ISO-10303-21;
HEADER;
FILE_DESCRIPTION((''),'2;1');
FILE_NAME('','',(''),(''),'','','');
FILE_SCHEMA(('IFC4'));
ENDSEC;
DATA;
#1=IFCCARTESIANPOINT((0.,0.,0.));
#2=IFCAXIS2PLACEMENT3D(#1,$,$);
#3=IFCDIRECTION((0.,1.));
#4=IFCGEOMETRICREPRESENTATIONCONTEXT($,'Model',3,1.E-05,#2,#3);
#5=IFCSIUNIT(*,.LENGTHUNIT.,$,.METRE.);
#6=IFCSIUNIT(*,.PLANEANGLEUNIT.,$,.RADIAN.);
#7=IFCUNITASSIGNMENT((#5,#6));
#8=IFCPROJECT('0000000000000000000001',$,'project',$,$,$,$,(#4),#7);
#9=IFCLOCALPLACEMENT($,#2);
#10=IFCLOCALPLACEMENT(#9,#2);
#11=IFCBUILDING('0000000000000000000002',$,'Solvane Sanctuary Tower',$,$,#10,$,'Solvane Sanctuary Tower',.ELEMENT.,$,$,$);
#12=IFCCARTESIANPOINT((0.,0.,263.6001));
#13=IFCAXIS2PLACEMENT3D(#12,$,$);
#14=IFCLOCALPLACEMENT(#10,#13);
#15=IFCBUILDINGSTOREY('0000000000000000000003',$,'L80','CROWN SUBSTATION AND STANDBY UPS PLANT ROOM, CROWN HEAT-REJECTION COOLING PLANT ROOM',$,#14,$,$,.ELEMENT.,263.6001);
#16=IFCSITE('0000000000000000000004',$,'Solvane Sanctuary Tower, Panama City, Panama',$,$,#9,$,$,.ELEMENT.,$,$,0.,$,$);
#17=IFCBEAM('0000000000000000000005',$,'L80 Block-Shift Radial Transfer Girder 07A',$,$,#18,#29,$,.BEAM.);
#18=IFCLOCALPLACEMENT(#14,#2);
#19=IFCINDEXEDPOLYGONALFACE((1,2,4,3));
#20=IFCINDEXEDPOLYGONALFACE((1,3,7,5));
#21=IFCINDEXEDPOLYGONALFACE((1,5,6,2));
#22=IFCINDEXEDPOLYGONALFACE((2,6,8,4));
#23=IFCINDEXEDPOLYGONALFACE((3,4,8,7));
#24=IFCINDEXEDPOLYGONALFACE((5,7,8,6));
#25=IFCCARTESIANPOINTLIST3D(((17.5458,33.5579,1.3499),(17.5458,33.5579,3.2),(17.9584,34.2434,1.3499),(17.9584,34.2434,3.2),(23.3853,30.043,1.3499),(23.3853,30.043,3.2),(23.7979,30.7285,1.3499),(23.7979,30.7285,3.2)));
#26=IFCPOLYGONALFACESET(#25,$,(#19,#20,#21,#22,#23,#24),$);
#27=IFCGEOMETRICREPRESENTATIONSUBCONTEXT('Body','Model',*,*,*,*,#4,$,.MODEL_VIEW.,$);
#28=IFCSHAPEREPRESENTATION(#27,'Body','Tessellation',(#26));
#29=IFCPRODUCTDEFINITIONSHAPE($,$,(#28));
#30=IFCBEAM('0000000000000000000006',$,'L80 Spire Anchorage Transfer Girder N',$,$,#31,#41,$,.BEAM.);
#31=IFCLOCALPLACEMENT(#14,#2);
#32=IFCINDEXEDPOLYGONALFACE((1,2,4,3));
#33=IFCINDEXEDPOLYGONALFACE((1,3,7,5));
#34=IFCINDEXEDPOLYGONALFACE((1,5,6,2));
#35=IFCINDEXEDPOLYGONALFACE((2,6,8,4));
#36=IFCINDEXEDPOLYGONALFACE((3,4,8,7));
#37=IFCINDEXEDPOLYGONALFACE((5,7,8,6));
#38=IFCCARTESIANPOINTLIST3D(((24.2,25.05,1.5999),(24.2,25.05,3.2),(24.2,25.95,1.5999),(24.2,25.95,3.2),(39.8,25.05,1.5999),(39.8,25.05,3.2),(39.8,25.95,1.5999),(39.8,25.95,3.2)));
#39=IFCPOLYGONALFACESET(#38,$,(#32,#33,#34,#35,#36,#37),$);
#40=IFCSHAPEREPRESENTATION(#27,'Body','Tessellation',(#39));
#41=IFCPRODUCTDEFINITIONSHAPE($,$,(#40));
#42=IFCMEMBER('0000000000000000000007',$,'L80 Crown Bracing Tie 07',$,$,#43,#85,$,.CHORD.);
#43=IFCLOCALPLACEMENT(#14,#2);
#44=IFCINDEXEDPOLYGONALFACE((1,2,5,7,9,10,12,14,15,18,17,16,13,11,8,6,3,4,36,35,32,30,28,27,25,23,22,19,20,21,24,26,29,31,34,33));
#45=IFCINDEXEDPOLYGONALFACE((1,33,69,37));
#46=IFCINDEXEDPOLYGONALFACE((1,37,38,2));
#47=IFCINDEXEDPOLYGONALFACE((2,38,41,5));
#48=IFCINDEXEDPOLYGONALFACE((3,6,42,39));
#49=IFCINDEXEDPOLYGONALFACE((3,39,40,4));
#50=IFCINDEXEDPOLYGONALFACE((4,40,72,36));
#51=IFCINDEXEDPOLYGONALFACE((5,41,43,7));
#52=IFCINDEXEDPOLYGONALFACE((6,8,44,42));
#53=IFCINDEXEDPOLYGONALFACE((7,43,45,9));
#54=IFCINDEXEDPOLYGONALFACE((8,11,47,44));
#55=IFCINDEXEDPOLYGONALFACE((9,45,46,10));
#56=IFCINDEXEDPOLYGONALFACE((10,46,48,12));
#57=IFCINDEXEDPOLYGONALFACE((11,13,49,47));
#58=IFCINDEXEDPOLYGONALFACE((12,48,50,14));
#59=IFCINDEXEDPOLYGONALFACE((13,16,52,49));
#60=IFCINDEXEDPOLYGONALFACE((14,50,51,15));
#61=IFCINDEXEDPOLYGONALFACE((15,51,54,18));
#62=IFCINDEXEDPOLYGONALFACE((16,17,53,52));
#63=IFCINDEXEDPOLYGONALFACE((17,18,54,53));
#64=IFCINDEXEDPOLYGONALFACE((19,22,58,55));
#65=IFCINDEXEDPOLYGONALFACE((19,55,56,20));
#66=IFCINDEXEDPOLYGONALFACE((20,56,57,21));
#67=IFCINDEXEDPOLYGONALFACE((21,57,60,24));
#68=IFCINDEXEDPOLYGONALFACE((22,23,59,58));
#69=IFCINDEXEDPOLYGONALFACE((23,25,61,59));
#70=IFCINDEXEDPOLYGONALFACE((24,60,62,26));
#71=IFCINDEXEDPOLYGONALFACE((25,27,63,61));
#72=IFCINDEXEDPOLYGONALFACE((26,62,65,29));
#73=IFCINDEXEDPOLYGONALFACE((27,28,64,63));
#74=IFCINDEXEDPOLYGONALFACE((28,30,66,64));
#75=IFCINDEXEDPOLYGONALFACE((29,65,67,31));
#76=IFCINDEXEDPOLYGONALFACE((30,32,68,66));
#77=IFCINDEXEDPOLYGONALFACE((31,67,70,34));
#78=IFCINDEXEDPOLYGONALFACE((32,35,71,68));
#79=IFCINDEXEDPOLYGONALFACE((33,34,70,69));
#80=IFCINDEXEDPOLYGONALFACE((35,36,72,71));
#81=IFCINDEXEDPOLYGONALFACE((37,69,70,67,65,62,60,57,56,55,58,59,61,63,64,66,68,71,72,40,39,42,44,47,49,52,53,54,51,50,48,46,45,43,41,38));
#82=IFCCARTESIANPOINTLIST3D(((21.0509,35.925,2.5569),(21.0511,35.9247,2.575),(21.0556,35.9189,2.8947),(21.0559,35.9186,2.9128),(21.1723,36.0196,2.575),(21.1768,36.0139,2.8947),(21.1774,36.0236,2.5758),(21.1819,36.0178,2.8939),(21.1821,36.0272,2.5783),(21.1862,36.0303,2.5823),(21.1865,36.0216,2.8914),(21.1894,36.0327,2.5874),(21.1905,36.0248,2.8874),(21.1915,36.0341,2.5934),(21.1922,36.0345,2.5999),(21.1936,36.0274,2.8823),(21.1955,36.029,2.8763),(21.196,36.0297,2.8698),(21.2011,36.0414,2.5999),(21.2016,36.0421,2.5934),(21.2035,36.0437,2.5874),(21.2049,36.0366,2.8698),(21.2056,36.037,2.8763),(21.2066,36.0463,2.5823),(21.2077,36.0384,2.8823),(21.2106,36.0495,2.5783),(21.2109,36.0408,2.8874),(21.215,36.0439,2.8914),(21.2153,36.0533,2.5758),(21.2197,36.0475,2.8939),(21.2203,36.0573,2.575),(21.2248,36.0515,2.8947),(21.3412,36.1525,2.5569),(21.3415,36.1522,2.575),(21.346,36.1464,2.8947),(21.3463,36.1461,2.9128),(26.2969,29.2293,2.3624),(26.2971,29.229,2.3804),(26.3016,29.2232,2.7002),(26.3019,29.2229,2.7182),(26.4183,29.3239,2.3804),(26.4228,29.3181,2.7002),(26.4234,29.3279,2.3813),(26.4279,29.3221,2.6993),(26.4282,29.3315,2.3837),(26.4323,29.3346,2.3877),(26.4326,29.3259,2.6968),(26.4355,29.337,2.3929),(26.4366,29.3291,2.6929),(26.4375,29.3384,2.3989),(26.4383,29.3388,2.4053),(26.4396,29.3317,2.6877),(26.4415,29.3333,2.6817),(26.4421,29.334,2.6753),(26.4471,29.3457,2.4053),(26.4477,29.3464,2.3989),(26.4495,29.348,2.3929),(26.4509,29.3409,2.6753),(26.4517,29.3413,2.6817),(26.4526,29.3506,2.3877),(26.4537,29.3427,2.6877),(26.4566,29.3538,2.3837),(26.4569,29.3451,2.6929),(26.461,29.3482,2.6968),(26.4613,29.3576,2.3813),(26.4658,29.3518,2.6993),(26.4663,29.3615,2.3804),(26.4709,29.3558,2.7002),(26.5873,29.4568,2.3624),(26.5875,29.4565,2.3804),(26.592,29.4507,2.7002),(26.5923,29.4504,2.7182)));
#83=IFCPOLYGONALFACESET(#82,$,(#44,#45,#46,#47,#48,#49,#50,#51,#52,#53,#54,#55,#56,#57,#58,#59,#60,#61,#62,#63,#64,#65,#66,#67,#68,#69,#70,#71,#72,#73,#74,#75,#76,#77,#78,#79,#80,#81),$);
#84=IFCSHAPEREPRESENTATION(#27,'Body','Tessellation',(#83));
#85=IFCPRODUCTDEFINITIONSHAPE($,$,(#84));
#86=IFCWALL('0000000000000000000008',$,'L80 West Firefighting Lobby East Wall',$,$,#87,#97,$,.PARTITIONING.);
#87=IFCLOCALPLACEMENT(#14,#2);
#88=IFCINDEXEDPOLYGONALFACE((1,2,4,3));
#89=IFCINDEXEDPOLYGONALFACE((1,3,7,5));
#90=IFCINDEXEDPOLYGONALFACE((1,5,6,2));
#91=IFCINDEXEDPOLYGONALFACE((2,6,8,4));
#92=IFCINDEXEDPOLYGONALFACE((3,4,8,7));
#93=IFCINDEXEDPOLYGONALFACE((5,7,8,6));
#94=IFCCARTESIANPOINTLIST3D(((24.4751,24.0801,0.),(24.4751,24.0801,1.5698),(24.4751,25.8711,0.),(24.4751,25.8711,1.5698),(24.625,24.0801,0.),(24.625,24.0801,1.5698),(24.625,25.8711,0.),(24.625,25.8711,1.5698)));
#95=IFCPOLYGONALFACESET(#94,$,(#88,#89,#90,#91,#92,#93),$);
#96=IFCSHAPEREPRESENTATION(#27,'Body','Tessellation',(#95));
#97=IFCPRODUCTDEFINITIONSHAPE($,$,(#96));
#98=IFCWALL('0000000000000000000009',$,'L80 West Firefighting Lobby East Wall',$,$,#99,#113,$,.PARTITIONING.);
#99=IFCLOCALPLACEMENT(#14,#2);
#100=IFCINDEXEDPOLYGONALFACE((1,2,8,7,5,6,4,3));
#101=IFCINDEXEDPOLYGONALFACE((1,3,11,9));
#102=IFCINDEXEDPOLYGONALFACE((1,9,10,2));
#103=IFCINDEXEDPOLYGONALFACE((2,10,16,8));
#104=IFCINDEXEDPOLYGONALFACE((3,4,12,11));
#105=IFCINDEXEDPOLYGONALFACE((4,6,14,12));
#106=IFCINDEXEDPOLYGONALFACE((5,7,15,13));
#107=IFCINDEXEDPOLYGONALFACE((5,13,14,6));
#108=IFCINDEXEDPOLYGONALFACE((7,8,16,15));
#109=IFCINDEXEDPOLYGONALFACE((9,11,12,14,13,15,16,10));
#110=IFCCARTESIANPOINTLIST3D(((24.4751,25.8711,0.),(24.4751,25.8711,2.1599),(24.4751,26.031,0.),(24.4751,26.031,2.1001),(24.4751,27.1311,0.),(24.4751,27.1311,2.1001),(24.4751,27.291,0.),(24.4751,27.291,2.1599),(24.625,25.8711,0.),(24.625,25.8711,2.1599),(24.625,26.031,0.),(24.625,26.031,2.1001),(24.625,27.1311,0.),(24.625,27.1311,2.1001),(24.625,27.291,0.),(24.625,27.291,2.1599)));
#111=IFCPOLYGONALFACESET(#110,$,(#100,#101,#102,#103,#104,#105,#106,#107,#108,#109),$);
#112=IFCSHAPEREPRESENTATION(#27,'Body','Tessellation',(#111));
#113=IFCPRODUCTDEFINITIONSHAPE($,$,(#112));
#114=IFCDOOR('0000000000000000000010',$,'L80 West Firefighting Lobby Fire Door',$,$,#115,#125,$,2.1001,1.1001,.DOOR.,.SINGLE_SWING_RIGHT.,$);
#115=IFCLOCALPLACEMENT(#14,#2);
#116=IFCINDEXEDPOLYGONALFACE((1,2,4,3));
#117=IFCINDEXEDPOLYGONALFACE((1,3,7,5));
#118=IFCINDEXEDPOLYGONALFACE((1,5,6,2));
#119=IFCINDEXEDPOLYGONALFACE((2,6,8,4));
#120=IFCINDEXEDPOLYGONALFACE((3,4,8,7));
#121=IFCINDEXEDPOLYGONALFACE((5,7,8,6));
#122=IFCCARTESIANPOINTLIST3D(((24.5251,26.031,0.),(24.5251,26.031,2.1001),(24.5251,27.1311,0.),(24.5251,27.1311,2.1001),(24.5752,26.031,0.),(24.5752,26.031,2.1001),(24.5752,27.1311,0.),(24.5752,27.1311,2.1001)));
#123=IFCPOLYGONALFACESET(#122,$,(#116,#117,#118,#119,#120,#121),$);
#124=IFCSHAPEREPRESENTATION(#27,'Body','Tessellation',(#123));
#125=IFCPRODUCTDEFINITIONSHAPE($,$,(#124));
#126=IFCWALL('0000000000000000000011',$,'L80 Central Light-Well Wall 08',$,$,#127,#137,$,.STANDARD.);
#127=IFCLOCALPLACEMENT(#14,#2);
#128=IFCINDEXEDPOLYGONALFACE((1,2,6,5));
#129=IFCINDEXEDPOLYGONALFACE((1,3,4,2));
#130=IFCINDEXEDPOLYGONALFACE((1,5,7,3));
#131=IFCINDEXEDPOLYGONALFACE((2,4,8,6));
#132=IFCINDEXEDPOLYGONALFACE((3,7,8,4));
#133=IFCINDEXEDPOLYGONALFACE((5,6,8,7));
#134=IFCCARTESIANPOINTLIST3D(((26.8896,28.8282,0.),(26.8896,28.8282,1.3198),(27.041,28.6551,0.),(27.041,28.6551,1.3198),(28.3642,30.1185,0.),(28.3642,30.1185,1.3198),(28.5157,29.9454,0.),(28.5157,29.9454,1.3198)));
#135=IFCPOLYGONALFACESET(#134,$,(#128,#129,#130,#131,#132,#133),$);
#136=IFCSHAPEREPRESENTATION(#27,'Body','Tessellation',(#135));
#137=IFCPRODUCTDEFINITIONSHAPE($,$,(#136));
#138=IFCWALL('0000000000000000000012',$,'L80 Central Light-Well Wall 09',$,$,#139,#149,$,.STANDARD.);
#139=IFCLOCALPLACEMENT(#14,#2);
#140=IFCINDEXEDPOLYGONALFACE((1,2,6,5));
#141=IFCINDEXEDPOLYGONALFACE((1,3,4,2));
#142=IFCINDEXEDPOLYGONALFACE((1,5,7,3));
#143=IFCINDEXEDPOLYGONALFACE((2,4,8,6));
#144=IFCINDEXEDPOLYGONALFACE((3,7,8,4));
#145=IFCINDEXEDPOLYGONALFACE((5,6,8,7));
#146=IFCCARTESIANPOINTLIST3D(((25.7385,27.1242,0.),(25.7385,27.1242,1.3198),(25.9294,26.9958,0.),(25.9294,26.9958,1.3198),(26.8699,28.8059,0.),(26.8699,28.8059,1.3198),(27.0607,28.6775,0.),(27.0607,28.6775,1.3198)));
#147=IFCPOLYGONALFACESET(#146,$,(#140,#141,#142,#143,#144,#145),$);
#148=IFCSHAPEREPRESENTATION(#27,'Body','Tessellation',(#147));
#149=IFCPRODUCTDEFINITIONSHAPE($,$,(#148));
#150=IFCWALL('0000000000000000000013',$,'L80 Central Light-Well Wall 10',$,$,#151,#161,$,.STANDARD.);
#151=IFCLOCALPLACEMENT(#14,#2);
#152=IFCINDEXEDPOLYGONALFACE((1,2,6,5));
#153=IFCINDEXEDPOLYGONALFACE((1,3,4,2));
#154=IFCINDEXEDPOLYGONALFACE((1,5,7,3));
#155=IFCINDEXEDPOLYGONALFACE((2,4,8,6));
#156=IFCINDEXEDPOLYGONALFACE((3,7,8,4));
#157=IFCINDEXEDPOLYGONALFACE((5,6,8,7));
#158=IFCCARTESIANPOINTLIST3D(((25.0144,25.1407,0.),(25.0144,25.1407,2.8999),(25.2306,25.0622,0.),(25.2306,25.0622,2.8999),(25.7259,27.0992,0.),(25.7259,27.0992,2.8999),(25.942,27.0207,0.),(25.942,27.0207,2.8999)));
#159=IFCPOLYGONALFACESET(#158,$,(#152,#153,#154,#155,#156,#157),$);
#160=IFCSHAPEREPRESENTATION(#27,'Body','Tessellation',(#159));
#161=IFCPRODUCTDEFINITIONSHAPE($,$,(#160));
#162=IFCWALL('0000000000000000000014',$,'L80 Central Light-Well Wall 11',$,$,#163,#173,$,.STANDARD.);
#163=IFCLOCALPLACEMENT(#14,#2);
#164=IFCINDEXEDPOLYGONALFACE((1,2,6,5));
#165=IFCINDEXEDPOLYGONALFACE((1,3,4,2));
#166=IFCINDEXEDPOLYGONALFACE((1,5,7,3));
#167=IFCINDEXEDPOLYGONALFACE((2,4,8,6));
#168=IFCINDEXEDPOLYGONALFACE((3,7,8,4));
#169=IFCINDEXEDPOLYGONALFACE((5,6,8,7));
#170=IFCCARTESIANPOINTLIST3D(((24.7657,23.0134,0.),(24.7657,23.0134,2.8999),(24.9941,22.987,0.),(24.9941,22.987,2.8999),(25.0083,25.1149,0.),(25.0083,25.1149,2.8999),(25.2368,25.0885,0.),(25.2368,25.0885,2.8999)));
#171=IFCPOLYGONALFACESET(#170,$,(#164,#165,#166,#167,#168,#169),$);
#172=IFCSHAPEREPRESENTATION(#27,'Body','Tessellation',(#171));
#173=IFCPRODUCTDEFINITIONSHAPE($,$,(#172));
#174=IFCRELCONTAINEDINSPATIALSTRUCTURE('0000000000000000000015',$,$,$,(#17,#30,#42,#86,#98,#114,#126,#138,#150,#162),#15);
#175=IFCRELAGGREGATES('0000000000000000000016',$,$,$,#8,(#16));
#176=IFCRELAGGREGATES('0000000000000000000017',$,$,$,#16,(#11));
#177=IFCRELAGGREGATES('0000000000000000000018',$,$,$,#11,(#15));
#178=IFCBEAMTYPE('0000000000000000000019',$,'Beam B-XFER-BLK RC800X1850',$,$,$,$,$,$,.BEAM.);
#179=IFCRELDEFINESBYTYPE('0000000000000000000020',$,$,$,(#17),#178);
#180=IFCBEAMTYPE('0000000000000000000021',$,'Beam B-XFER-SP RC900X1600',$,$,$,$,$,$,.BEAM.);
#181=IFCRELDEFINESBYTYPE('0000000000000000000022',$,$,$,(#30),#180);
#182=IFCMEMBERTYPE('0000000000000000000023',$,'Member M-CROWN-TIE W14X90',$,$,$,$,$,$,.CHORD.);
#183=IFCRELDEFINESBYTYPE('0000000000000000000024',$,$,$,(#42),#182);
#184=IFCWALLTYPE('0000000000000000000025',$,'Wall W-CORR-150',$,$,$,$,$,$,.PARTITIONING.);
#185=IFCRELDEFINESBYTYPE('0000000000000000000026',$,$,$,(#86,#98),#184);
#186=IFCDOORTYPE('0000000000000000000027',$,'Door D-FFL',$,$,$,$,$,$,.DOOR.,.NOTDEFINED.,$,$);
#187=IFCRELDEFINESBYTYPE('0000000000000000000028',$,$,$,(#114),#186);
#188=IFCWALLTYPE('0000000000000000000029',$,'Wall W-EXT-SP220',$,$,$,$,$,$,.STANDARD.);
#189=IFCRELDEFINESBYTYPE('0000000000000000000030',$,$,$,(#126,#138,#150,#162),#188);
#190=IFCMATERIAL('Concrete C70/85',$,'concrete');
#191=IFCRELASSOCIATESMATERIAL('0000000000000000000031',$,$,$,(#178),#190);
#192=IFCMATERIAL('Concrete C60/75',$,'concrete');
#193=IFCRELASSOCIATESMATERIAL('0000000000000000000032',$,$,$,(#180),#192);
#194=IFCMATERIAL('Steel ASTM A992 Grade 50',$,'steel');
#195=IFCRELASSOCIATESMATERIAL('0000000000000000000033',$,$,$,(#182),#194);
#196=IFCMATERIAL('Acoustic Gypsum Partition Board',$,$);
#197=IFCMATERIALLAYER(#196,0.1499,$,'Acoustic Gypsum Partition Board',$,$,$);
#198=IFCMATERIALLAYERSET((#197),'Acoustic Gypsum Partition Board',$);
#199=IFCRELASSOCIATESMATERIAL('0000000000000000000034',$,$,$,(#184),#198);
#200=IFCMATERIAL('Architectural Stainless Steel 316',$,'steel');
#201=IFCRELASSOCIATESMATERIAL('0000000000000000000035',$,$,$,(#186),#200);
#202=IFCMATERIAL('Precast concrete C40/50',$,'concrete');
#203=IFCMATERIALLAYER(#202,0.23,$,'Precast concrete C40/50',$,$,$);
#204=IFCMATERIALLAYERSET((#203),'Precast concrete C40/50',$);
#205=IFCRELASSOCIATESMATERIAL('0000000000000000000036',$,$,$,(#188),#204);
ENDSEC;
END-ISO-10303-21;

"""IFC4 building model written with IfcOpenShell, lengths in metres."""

from ifc_helpers import new_model, si_unit, direction, frame, frame_2d, origin, origin_2d, place, context, subcontext, project, spatial, rectangle, i_section, extrude, material, layer, layer_set, material_profile, profile_set, type_object, element, fill, save


model = new_model("IFC4")

# Units and contexts
model_context = context("Model", 3, precision=1e-05, world=origin(), true_north=direction((0.0, 1.0)))
body_context = subcontext(model_context, "Body", "Model", "MODEL_VIEW")
ifc_project = project(units=[si_unit("LENGTHUNIT", "METRE"), si_unit("PLANEANGLEUNIT", "RADIAN")], contexts=[model_context])

# Site, building, storey
site_placement = place(None, origin())
site = spatial("IfcSite", under=ifc_project, at=site_placement, Name="Solvane Sanctuary Tower, Panama City, Panama", CompositionType="ELEMENT", RefElevation=0.0)
building_placement = place(site_placement, origin())
building = spatial("IfcBuilding", under=site, at=building_placement, Name="Solvane Sanctuary Tower", LongName="Solvane Sanctuary Tower", CompositionType="ELEMENT")
storey_placement = place(building_placement, frame((0.0, 0.0, 263.6001)))
storey = spatial("IfcBuildingStorey", under=building, at=storey_placement, Name="L80", Description="CROWN SUBSTATION AND STANDBY UPS PLANT ROOM, CROWN HEAT-REJECTION COOLING PLANT ROOM", CompositionType="ELEMENT", Elevation=263.6001)

# Shared definitions
ifc_material_1 = material(Name="Concrete C70/85", Category="concrete")

# Beams
ifc_material_2 = material(Name="Steel ASTM A992 Grade 50", Category="steel")
ifc_material_profile_1 = material_profile(ifc_material_1, rectangle(XDim=0.8, YDim=1.8501, at=origin_2d()), Name="RC800X1850")
ifc_profile_set_1 = profile_set([ifc_material_profile_1], Name="Concrete C70/85")
beam_type_1 = type_object("IfcBeamType", Name="Beam B-XFER-BLK RC800X1850", PredefinedType="BEAM", material=ifc_profile_set_1)
beam_1_placement = place(storey_placement, frame((23.5916, 30.3857, 2.2749), z_axis=(-0.856762, 0.515712, 0.0), x_axis=(-0.515712, -0.856762, 0.0)))
element("IfcBeam", 1, at=beam_1_placement, inside=storey, type_object=beam_type_1, Name="L80 Block-Shift Radial Transfer Girder 07A", PredefinedType="BEAM", context=body_context, shape_type="SweptSolid", body=[
    extrude(rectangle(XDim=0.8, YDim=1.8501, at=origin_2d()), origin(), (0.0, 0.0, 1.0), 6.8157),
])
ifc_material_3 = material(Name="Concrete C60/75", Category="concrete")
ifc_material_profile_2 = material_profile(ifc_material_3, rectangle(XDim=0.8999, YDim=1.6001, at=origin_2d()), Name="RC900X1600")
ifc_profile_set_2 = profile_set([ifc_material_profile_2], Name="Concrete C60/75")
beam_type_2 = type_object("IfcBeamType", Name="Beam B-XFER-SP RC900X1600", PredefinedType="BEAM", material=ifc_profile_set_2)
beam_2_placement = place(storey_placement, frame((24.2, 25.5, 2.3999), z_axis=(1.0, 0.0, 0.0), x_axis=(0.0, 1.0, 0.0)))
element("IfcBeam", 2, at=beam_2_placement, inside=storey, type_object=beam_type_2, Name="L80 Spire Anchorage Transfer Girder N", PredefinedType="BEAM", context=body_context, shape_type="SweptSolid", body=[
    extrude(rectangle(XDim=0.8999, YDim=1.6001, at=origin_2d()), origin(), (0.0, 0.0, 1.0), 15.6001),
])

# Member
ifc_material_profile_3 = material_profile(ifc_material_2, i_section(OverallWidth=0.3689, OverallDepth=0.356, WebThickness=0.0112, FlangeThickness=0.0181, FilletRadius=0.0249, at=origin_2d()), Name="W14X90")
ifc_profile_set_3 = profile_set([ifc_material_profile_3], Name="Steel ASTM A992 Grade 50")
member_type = type_object("IfcMemberType", Name="Member M-CROWN-TIE W14X90", PredefinedType="CHORD", material=ifc_profile_set_3)
member_placement = place(storey_placement, frame((26.4446, 29.3398, 2.5403), z_axis=(-0.616577, 0.786962, 0.022869), x_axis=(-0.787168, -0.616738, 0.0)))
element("IfcMember", 3, at=member_placement, inside=storey, type_object=member_type, Name="L80 Crown Bracing Tie 07", PredefinedType="CHORD", context=body_context, shape_type="SweptSolid", body=[
    extrude(i_section(OverallWidth=0.3689, OverallDepth=0.356, WebThickness=0.0112, FlangeThickness=0.0181, FilletRadius=0.0249, at=origin_2d()), origin(), (0.0, 0.0, 1.0), 8.5083),
])

# Wall
ifc_material_4 = material(Name="Acoustic Gypsum Partition Board")
ifc_layer_1 = layer(ifc_material_4, 0.1499, Name="Acoustic Gypsum Partition Board")
ifc_layer_set_1 = layer_set([ifc_layer_1], Name="Acoustic Gypsum Partition Board")
wall_type_1 = type_object("IfcWallType", Name="Wall W-CORR-150", PredefinedType="PARTITIONING", material=ifc_layer_set_1)
wall_1_placement = place(storey_placement, frame((24.55, 24.0801, 0.0), z_axis=(0.0, 0.0, 1.0), x_axis=(0.0, 1.0, 0.0)))
element("IfcWall", 4, at=wall_1_placement, inside=storey, type_object=wall_type_1, Name="L80 West Firefighting Lobby East Wall", PredefinedType="PARTITIONING", context=body_context, shape_type="SweptSolid", body=[
    extrude(rectangle(XDim=1.791, YDim=0.1499, at=frame_2d((0.8955, 0.0))), origin(), (0.0, 0.0, 1.0), 1.5698),
])

# Wall, opening, door
wall_2_placement = place(storey_placement, frame((24.55, 25.8711, 0.0), z_axis=(0.0, 0.0, 1.0), x_axis=(0.0, 1.0, 0.0)))
wall_2 = element("IfcWall", 5, at=wall_2_placement, inside=storey, type_object=wall_type_1, Name="L80 West Firefighting Lobby East Wall", PredefinedType="PARTITIONING", context=body_context, shape_type="SweptSolid", body=[
    extrude(rectangle(XDim=1.4199, YDim=0.1499, at=frame_2d((0.71, 0.0))), origin(), (0.0, 0.0, 1.0), 2.1599),
])
opening_1_placement = place(wall_2_placement, frame((0.1599, 0.0, 0.0)))
opening_1 = element("IfcOpeningElement", 6, at=opening_1_placement, cuts=wall_2, PredefinedType="OPENING", context=body_context, shape_type="SweptSolid", body=[
    extrude(rectangle(XDim=1.1001, YDim=2.1001, at=frame_2d((0.55, 1.05))), frame((0.0, 0.085, 0.0), z_axis=(0.0, -1.0, 0.0), x_axis=(1.0, 0.0, 0.0)), (0.0, 0.0, 1.0), 0.1699),
])
ifc_material_5 = material(Name="Architectural Stainless Steel 316", Category="steel")
door_type_1 = type_object("IfcDoorType", Name="Door D-FFL", OperationType="NOTDEFINED", PredefinedType="DOOR", material=ifc_material_5)
door_1_placement = place(opening_1_placement, origin())
door_1 = element("IfcDoor", 7, at=door_1_placement, inside=storey, type_object=door_type_1, Name="L80 West Firefighting Lobby Fire Door", OperationType="SINGLE_SWING_RIGHT", OverallHeight=2.1001, OverallWidth=1.1001, PredefinedType="DOOR", context=body_context, shape_type="SweptSolid", body=[
    extrude(rectangle(XDim=1.1001, YDim=2.1001, at=frame_2d((0.55, 1.05))), frame((0.0, 0.0249, 0.0), z_axis=(0.0, -1.0, 0.0), x_axis=(1.0, 0.0, 0.0)), (0.0, 0.0, 1.0), 0.05),
])
fill(opening_1, door_1)

# Walls
ifc_material_6 = material(Name="Precast concrete C40/50", Category="concrete")
ifc_layer_2 = layer(ifc_material_6, 0.23, Name="Precast concrete C40/50")
ifc_layer_set_2 = layer_set([ifc_layer_2], Name="Precast concrete C40/50")
wall_type_2 = type_object("IfcWallType", Name="Wall W-EXT-SP220", PredefinedType="STANDARD", material=ifc_layer_set_2)
wall_3_placement = place(storey_placement, frame((28.4399, 30.032, 0.0), z_axis=(0.0, 0.0, 1.0), x_axis=(-0.752577, -0.658505, 0.0)))
element("IfcWall", 8, at=wall_3_placement, inside=storey, type_object=wall_type_2, Name="L80 Central Light-Well Wall 08", PredefinedType="STANDARD", context=body_context, shape_type="SweptSolid", body=[
    extrude(rectangle(XDim=1.9595, YDim=0.23, at=frame_2d((0.9797, 0.0))), origin(), (0.0, 0.0, 1.0), 1.3198),
])
wall_4_placement = place(storey_placement, frame((26.9653, 28.7417, 0.0), z_axis=(0.0, 0.0, 1.0), x_axis=(-0.558198, -0.829708, 0.0)))
element("IfcWall", 9, at=wall_4_placement, inside=storey, type_object=wall_type_2, Name="L80 Central Light-Well Wall 09", PredefinedType="STANDARD", context=body_context, shape_type="SweptSolid", body=[
    extrude(rectangle(XDim=2.0269, YDim=0.23, at=frame_2d((1.0134, 0.0))), origin(), (0.0, 0.0, 1.0), 1.3198),
])
wall_5_placement = place(storey_placement, frame((25.834, 27.0601, 0.0), z_axis=(0.0, 0.0, 1.0), x_axis=(-0.341423, -0.93991, 0.0)))
element("IfcWall", 10, at=wall_5_placement, inside=storey, type_object=wall_type_2, Name="L80 Central Light-Well Wall 10", PredefinedType="STANDARD", context=body_context, shape_type="SweptSolid", body=[
    extrude(rectangle(XDim=2.0837, YDim=0.23, at=frame_2d((1.042, 0.0))), origin(), (0.0, 0.0, 1.0), 2.8999),
])
for number, where, z_axis, x_axis, name in (
    (11, (25.1226, 25.1016, 0.0), (0.0, 0.0, 1.0), (-0.114712, -0.993399, 0.0), "L80 Central Light-Well Wall 11"),
):
    element("IfcWall", number, at=place(storey_placement, frame(where, z_axis=z_axis, x_axis=x_axis)), inside=storey, type_object=wall_type_2, Name=name, PredefinedType="STANDARD", context=body_context, shape_type="SweptSolid", body=[
        extrude(rectangle(XDim=2.1155, YDim=0.23, at=frame_2d((1.0576, 0.0))), origin(), (0.0, 0.0, 1.0), 2.8999),
    ])

save(model, "model.ifc")
